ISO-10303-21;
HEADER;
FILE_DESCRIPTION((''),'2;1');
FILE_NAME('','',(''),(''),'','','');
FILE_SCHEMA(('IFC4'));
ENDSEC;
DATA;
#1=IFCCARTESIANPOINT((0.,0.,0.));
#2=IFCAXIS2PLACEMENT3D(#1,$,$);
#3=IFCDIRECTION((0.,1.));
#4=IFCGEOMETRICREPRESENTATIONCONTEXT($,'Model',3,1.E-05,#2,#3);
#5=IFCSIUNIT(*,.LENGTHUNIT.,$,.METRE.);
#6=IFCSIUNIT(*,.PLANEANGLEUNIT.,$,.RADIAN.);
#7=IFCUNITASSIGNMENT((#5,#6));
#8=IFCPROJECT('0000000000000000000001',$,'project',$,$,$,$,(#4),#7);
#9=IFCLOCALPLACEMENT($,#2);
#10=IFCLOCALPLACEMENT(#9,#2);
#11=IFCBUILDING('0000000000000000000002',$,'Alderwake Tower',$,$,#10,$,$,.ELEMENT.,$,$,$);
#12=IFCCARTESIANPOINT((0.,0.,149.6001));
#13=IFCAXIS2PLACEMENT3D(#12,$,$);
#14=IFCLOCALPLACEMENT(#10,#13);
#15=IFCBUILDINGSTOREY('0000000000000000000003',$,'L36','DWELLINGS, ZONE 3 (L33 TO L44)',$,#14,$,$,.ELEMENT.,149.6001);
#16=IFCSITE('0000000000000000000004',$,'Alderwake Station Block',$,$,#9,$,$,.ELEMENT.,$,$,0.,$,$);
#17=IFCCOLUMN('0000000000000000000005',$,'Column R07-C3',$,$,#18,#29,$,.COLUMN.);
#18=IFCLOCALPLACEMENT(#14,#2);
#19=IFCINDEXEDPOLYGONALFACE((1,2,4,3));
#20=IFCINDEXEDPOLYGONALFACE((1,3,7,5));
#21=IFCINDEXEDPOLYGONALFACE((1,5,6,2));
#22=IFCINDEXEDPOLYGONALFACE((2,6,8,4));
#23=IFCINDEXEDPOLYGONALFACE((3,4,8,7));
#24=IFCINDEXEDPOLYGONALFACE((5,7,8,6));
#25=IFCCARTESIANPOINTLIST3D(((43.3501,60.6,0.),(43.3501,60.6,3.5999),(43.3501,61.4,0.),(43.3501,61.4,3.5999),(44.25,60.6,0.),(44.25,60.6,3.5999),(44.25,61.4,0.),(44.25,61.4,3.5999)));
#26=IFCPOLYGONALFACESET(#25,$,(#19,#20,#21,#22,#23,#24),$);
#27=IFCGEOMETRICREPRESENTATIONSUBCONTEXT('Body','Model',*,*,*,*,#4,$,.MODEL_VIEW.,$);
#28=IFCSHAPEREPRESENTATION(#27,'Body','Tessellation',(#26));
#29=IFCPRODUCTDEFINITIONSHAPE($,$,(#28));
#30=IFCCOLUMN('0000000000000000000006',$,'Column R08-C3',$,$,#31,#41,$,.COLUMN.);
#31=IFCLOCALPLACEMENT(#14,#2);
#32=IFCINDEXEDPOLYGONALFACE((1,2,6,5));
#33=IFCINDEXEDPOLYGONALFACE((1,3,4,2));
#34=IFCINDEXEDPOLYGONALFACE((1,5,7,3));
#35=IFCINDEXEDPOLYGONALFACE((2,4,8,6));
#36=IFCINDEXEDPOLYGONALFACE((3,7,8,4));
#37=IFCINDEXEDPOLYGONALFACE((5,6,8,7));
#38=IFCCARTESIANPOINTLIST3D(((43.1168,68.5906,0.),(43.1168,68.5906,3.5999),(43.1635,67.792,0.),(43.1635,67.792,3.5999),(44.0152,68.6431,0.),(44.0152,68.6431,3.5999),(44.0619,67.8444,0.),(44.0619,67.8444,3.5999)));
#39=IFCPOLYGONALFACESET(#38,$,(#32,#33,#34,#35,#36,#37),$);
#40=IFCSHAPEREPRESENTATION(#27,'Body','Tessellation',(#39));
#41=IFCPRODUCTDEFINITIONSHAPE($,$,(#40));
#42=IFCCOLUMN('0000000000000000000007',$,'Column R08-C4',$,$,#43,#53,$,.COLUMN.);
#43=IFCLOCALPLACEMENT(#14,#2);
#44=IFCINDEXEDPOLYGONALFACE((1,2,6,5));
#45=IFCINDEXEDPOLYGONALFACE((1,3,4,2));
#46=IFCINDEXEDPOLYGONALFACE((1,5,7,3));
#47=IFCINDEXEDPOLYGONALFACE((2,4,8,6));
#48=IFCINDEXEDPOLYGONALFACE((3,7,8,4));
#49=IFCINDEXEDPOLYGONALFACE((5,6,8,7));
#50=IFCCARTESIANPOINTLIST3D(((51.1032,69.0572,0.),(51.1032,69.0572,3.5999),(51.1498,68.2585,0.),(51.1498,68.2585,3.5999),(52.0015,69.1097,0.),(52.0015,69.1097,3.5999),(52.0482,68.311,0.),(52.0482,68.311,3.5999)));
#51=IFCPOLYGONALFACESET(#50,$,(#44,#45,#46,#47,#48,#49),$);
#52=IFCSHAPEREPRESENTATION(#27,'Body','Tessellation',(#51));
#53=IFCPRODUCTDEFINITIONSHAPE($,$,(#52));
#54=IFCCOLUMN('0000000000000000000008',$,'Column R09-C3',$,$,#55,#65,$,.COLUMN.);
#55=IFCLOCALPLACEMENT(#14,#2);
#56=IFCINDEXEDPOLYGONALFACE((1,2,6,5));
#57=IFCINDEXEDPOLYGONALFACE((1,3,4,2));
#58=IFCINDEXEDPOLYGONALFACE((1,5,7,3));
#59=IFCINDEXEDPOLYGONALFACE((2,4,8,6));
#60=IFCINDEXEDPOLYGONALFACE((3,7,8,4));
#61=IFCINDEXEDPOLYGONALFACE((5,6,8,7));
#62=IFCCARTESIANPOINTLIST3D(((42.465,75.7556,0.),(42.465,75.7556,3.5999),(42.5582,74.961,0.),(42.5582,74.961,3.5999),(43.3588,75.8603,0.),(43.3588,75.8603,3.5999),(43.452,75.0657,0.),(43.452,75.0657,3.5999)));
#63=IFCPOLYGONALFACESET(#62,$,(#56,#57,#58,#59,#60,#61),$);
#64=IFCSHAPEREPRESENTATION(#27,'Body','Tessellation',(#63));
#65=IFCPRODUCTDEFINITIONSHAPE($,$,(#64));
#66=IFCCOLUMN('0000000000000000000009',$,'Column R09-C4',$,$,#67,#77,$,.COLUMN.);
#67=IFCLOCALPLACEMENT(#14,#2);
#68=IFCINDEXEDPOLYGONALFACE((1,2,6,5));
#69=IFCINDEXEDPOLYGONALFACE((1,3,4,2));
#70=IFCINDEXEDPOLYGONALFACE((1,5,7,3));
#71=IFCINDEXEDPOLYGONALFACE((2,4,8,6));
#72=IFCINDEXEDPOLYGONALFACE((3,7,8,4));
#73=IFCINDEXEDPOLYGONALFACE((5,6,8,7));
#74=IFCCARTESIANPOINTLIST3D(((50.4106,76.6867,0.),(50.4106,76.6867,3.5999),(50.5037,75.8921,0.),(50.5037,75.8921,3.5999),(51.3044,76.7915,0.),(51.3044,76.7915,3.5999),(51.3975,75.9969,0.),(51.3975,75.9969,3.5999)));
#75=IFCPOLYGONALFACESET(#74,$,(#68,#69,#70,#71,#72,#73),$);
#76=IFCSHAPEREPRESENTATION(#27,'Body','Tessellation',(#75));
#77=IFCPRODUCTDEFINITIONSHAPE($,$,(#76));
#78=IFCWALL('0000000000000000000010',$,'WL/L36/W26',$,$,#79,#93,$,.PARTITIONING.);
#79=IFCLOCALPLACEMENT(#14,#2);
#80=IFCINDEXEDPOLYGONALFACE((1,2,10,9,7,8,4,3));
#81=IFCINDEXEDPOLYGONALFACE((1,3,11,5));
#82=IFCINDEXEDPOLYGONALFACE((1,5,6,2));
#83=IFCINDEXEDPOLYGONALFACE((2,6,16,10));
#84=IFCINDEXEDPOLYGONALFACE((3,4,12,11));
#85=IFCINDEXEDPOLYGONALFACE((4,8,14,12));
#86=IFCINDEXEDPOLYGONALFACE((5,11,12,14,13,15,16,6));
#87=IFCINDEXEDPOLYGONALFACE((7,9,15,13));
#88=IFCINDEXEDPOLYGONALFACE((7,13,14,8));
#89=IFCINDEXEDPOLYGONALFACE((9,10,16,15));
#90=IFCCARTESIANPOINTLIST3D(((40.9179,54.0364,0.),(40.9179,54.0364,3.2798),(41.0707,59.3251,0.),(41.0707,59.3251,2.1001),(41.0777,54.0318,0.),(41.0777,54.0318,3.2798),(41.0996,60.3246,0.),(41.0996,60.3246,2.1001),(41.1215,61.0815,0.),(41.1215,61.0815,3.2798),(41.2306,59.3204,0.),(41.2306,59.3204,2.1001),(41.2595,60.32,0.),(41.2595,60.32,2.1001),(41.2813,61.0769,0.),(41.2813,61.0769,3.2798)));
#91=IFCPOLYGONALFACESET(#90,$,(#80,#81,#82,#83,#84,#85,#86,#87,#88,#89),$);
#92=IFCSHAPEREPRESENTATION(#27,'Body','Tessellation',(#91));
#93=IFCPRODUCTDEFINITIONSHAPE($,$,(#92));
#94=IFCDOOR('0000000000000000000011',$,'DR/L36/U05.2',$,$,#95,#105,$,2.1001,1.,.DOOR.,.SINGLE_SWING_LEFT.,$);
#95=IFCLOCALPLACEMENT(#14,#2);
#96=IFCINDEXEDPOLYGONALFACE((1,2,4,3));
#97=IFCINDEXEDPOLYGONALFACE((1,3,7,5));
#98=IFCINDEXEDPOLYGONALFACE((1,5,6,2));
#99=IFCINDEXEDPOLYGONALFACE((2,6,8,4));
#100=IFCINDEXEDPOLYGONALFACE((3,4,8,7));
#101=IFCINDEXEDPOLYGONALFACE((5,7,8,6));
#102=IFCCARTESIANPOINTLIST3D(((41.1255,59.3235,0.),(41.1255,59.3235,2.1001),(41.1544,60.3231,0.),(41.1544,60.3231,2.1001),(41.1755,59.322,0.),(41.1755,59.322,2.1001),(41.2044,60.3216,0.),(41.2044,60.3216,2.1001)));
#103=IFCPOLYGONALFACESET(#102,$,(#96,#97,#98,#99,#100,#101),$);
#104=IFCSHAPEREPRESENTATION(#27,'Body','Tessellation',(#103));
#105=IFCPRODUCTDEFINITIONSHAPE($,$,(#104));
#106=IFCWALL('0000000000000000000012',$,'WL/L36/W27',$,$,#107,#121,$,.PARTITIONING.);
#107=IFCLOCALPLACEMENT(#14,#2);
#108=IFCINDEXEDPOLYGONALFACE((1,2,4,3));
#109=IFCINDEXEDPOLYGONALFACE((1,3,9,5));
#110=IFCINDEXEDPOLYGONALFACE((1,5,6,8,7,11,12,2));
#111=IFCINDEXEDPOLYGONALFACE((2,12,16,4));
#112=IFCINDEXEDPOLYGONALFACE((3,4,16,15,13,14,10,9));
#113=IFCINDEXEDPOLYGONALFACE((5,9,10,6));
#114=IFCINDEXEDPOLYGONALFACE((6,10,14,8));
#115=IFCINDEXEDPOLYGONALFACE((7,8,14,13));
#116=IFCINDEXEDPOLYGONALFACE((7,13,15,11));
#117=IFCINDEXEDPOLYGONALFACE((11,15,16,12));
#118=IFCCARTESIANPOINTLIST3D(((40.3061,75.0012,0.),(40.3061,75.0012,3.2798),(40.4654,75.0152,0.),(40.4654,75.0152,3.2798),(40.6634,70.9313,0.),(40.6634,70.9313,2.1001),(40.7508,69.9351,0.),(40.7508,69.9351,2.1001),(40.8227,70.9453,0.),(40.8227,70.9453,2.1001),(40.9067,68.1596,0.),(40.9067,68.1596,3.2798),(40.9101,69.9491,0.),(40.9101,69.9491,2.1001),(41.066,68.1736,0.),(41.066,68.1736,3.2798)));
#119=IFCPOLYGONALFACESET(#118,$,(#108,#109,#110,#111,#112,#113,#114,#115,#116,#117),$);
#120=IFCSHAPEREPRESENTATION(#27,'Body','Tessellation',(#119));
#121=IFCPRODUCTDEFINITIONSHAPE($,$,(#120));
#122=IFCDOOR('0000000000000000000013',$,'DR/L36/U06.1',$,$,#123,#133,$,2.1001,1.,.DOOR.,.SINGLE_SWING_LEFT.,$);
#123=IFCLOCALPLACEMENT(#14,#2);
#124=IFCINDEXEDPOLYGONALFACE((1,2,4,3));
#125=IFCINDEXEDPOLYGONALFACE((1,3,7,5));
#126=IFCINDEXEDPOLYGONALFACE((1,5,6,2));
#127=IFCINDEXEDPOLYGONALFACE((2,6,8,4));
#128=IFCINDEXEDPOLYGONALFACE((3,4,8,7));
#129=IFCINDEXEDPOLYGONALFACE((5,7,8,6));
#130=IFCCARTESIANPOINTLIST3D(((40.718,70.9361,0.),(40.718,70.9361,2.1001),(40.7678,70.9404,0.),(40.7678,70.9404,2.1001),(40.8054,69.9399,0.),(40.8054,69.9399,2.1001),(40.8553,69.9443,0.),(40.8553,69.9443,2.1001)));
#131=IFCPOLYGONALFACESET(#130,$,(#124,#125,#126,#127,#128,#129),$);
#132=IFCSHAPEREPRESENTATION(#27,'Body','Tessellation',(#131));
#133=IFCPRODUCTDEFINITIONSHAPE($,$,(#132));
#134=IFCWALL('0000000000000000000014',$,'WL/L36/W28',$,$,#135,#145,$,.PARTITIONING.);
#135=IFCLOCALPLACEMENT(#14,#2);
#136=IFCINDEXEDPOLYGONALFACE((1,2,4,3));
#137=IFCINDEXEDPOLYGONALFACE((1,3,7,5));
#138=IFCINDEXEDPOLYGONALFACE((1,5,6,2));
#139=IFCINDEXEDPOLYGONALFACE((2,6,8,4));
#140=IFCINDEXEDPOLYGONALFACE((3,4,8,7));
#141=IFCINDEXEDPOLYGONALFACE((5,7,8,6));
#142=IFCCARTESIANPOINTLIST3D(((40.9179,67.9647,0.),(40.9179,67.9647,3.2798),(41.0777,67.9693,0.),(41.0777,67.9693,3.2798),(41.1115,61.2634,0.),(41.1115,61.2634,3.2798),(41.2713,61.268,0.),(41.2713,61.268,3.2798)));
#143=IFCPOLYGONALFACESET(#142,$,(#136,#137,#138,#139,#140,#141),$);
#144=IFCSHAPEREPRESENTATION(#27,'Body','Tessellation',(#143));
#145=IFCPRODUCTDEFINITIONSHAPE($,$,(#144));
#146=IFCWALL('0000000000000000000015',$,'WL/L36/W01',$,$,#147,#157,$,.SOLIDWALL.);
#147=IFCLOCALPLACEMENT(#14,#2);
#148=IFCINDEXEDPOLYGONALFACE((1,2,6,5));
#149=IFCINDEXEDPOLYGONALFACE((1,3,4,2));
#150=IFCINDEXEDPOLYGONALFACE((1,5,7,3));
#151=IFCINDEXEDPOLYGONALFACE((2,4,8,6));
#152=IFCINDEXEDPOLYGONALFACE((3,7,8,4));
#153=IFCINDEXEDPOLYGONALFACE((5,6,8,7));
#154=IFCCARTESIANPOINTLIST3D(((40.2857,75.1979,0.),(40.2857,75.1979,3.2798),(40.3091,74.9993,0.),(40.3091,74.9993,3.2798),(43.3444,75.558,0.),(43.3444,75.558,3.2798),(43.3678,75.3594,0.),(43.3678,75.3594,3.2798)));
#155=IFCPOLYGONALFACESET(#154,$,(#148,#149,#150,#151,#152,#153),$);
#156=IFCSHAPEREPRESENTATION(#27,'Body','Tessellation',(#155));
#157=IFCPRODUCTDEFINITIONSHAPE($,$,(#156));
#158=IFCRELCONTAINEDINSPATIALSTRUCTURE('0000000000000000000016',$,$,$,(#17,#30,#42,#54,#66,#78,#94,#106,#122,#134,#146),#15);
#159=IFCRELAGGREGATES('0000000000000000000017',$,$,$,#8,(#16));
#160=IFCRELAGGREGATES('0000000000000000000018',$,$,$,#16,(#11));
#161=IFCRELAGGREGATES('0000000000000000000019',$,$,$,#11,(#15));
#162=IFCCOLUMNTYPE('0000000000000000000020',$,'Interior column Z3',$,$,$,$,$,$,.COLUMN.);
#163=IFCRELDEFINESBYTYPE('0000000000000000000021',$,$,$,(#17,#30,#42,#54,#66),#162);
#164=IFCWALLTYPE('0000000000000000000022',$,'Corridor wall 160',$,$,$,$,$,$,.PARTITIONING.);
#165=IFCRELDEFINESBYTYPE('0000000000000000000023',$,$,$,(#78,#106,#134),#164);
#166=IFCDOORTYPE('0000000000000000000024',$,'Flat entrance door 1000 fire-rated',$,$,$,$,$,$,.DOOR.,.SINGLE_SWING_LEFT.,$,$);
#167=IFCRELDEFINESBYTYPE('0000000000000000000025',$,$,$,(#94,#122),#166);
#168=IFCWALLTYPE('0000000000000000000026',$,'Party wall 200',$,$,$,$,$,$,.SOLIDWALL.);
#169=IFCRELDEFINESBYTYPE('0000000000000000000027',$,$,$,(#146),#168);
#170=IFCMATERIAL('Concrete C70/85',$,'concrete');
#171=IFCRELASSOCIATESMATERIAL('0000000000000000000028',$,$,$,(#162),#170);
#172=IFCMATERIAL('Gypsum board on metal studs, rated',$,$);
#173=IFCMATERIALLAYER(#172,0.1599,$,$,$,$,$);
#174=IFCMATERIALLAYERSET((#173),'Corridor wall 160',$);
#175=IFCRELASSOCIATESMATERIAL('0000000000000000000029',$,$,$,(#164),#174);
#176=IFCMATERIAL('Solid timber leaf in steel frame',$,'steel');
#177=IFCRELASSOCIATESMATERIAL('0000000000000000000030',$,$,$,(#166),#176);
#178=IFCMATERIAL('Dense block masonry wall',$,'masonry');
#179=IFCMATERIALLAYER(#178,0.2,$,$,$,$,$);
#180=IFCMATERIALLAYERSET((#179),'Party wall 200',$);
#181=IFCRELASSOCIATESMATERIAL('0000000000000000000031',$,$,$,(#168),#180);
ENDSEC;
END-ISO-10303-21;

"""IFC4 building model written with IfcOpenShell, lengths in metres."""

from ifc_helpers import new_model, si_unit, direction, frame, frame_2d, origin, origin_2d, place, context, subcontext, project, spatial, rectangle, extrude, material, layer, layer_set, material_profile, profile_set, type_object, element, fill, save


model = new_model("IFC4")

# Units and contexts
model_context = context("Model", 3, precision=1e-05, world=origin(), true_north=direction((0.0, 1.0)))
body_context = subcontext(model_context, "Body", "Model", "MODEL_VIEW")
ifc_project = project(units=[si_unit("LENGTHUNIT", "METRE"), si_unit("PLANEANGLEUNIT", "RADIAN")], contexts=[model_context])

# Site, building, storey
site_placement = place(None, origin())
site = spatial("IfcSite", under=ifc_project, at=site_placement, Name="Alderwake Station Block", CompositionType="ELEMENT", RefElevation=0.0)
building_placement = place(site_placement, origin())
building = spatial("IfcBuilding", under=site, at=building_placement, Name="Alderwake Tower", CompositionType="ELEMENT")
storey_placement = place(building_placement, frame((0.0, 0.0, 149.6001)))
storey = spatial("IfcBuildingStorey", under=building, at=storey_placement, Name="L36", Description="DWELLINGS, ZONE 3 (L33 TO L44)", CompositionType="ELEMENT", Elevation=149.6001)

# Columns
ifc_material_1 = material(Name="Concrete C70/85", Category="concrete")
ifc_material_profile = material_profile(ifc_material_1, rectangle(XDim=0.8, YDim=0.8999, at=origin_2d()), Name="RC 900X800")
ifc_profile_set = profile_set([ifc_material_profile], Name="Concrete C70/85")
column_type = type_object("IfcColumnType", Name="Interior column Z3", PredefinedType="COLUMN", material=ifc_profile_set)
for number, where, z_axis, x_axis, name in (
    (1, (43.8, 61.0, 0.0), (0.0, 0.0, 1.0), (0.0, 1.0, 0.0), "Column R07-C3"),
    (2, (43.5894, 68.2175, 0.0), (0.0, 0.0, 1.0), (-0.058301, 0.998299, 0.0), "Column R08-C3"),
    (3, (51.5757, 68.6841, 0.0), (0.0, 0.0, 1.0), (-0.058301, 0.998299, 0.0), "Column R08-C4"),
    (4, (42.9585, 75.4106, 0.0), (0.0, 0.0, 1.0), (-0.116402, 0.993202, 0.0), "Column R09-C3"),
    (5, (50.9041, 76.3418, 0.0), (0.0, 0.0, 1.0), (-0.116402, 0.993202, 0.0), "Column R09-C4"),
):
    element("IfcColumn", number, at=place(storey_placement, frame(where, z_axis=z_axis, x_axis=x_axis)), inside=storey, type_object=column_type, Name=name, PredefinedType="COLUMN", context=body_context, shape_type="SweptSolid", body=[
        extrude(rectangle(XDim=0.8, YDim=0.8999, at=origin_2d()), origin(), (0.0, 0.0, 1.0), 3.5999),
    ])

# Walls, openings, doors
ifc_material_2 = material(Name="Gypsum board on metal studs, rated")
ifc_layer_1 = layer(ifc_material_2, 0.1599)
ifc_layer_set_1 = layer_set([ifc_layer_1], Name="Corridor wall 160")
wall_type_1 = type_object("IfcWallType", Name="Corridor wall 160", PredefinedType="PARTITIONING", material=ifc_layer_set_1)
wall_1_placement = place(storey_placement, frame((41.2014, 61.0791, 0.0), z_axis=(0.0, 0.0, 1.0), x_axis=(-0.028889, -0.999583, 0.0)))
wall_1 = element("IfcWall", 6, at=wall_1_placement, inside=storey, type_object=wall_type_1, Name="WL/L36/W26", PredefinedType="PARTITIONING", context=body_context, shape_type="SweptSolid", body=[
    extrude(rectangle(XDim=7.0481, YDim=0.1599, at=frame_2d((3.5239, 0.0))), origin(), (0.0, 0.0, 1.0), 3.2798),
])
opening_1_placement = place(wall_1_placement, frame((0.7571, 0.0, 0.0)))
opening_1 = element("IfcOpeningElement", 7, at=opening_1_placement, cuts=wall_1, PredefinedType="OPENING", context=body_context, shape_type="SweptSolid", body=[
    extrude(rectangle(XDim=1.0, YDim=2.1001, at=frame_2d((0.5, 1.05))), frame((0.0, 0.0898, 0.0), z_axis=(0.0, -1.0, 0.0), x_axis=(1.0, 0.0, 0.0)), (0.0, 0.0, 1.0), 0.1799),
])
ifc_material_3 = material(Name="Solid timber leaf in steel frame", Category="steel")
door_type_1 = type_object("IfcDoorType", Name="Flat entrance door 1000 fire-rated", OperationType="SINGLE_SWING_LEFT", PredefinedType="DOOR", material=ifc_material_3)
door_1_placement = place(opening_1_placement, origin())
door_1 = element("IfcDoor", 8, at=door_1_placement, inside=storey, type_object=door_type_1, Name="DR/L36/U05.2", OperationType="SINGLE_SWING_LEFT", OverallHeight=2.1001, OverallWidth=1.0, PredefinedType="DOOR", context=body_context, shape_type="SweptSolid", body=[
    extrude(rectangle(XDim=1.0, YDim=2.1001, at=frame_2d((0.5, 1.05))), frame((0.0, 0.0249, 0.0), z_axis=(0.0, -1.0, 0.0), x_axis=(1.0, 0.0, 0.0)), (0.0, 0.0, 1.0), 0.05),
])
fill(opening_1, door_1)
wall_2_placement = place(storey_placement, frame((40.3857, 75.0083, 0.0), z_axis=(0.0, 0.0, 1.0), x_axis=(0.087449, -0.996169, 0.0)))
wall_2 = element("IfcWall", 9, at=wall_2_placement, inside=storey, type_object=wall_type_1, Name="WL/L36/W27", PredefinedType="PARTITIONING", context=body_context, shape_type="SweptSolid", body=[
    extrude(rectangle(XDim=6.8679, YDim=0.1599, at=frame_2d((3.4341, 0.0))), origin(), (0.0, 0.0, 1.0), 3.2798),
])
opening_2_placement = place(wall_2_placement, frame((4.0857, 0.0, 0.0)))
opening_2 = element("IfcOpeningElement", 10, at=opening_2_placement, cuts=wall_2, PredefinedType="OPENING", context=body_context, shape_type="SweptSolid", body=[
    extrude(rectangle(XDim=1.0, YDim=2.1001, at=frame_2d((0.5, 1.05))), frame((0.0, 0.0898, 0.0), z_axis=(0.0, -1.0, 0.0), x_axis=(1.0, 0.0, 0.0)), (0.0, 0.0, 1.0), 0.1799),
])
door_2_placement = place(opening_2_placement, origin())
door_2 = element("IfcDoor", 11, at=door_2_placement, inside=storey, type_object=door_type_1, Name="DR/L36/U06.1", OperationType="SINGLE_SWING_LEFT", OverallHeight=2.1001, OverallWidth=1.0, PredefinedType="DOOR", context=body_context, shape_type="SweptSolid", body=[
    extrude(rectangle(XDim=1.0, YDim=2.1001, at=frame_2d((0.5, 1.05))), frame((0.0, 0.0249, 0.0), z_axis=(0.0, -1.0, 0.0), x_axis=(1.0, 0.0, 0.0)), (0.0, 0.0, 1.0), 0.05),
])
fill(opening_2, door_2)

# Walls
wall_3_placement = place(storey_placement, frame((40.9978, 67.967, 0.0), z_axis=(0.0, 0.0, 1.0), x_axis=(0.028878, -0.999583, 0.0)))
element("IfcWall", 12, at=wall_3_placement, inside=storey, type_object=wall_type_1, Name="WL/L36/W28", PredefinedType="PARTITIONING", context=body_context, shape_type="SweptSolid", body=[
    extrude(rectangle(XDim=6.7041, YDim=0.1599, at=frame_2d((3.3521, 0.0))), origin(), (0.0, 0.0, 1.0), 3.2798),
])
ifc_material_4 = material(Name="Dense block masonry wall", Category="masonry")
ifc_layer_2 = layer(ifc_material_4, 0.2)
ifc_layer_set_2 = layer_set([ifc_layer_2], Name="Party wall 200")
wall_type_2 = type_object("IfcWallType", Name="Party wall 200", PredefinedType="SOLIDWALL", material=ifc_layer_set_2)
wall_4_placement = place(storey_placement, frame((43.3562, 75.4587, 0.0), z_axis=(0.0, 0.0, 1.0), x_axis=(-0.99314, -0.116929, 0.0)))
element("IfcWall", 13, at=wall_4_placement, inside=storey, type_object=wall_type_2, Name="WL/L36/W01", PredefinedType="SOLIDWALL", context=body_context, shape_type="SweptSolid", body=[
    extrude(rectangle(XDim=3.0798, YDim=0.2, at=frame_2d((1.54, 0.0))), origin(), (0.0, 0.0, 1.0), 3.2798),
])

save(model, "model.ifc")
